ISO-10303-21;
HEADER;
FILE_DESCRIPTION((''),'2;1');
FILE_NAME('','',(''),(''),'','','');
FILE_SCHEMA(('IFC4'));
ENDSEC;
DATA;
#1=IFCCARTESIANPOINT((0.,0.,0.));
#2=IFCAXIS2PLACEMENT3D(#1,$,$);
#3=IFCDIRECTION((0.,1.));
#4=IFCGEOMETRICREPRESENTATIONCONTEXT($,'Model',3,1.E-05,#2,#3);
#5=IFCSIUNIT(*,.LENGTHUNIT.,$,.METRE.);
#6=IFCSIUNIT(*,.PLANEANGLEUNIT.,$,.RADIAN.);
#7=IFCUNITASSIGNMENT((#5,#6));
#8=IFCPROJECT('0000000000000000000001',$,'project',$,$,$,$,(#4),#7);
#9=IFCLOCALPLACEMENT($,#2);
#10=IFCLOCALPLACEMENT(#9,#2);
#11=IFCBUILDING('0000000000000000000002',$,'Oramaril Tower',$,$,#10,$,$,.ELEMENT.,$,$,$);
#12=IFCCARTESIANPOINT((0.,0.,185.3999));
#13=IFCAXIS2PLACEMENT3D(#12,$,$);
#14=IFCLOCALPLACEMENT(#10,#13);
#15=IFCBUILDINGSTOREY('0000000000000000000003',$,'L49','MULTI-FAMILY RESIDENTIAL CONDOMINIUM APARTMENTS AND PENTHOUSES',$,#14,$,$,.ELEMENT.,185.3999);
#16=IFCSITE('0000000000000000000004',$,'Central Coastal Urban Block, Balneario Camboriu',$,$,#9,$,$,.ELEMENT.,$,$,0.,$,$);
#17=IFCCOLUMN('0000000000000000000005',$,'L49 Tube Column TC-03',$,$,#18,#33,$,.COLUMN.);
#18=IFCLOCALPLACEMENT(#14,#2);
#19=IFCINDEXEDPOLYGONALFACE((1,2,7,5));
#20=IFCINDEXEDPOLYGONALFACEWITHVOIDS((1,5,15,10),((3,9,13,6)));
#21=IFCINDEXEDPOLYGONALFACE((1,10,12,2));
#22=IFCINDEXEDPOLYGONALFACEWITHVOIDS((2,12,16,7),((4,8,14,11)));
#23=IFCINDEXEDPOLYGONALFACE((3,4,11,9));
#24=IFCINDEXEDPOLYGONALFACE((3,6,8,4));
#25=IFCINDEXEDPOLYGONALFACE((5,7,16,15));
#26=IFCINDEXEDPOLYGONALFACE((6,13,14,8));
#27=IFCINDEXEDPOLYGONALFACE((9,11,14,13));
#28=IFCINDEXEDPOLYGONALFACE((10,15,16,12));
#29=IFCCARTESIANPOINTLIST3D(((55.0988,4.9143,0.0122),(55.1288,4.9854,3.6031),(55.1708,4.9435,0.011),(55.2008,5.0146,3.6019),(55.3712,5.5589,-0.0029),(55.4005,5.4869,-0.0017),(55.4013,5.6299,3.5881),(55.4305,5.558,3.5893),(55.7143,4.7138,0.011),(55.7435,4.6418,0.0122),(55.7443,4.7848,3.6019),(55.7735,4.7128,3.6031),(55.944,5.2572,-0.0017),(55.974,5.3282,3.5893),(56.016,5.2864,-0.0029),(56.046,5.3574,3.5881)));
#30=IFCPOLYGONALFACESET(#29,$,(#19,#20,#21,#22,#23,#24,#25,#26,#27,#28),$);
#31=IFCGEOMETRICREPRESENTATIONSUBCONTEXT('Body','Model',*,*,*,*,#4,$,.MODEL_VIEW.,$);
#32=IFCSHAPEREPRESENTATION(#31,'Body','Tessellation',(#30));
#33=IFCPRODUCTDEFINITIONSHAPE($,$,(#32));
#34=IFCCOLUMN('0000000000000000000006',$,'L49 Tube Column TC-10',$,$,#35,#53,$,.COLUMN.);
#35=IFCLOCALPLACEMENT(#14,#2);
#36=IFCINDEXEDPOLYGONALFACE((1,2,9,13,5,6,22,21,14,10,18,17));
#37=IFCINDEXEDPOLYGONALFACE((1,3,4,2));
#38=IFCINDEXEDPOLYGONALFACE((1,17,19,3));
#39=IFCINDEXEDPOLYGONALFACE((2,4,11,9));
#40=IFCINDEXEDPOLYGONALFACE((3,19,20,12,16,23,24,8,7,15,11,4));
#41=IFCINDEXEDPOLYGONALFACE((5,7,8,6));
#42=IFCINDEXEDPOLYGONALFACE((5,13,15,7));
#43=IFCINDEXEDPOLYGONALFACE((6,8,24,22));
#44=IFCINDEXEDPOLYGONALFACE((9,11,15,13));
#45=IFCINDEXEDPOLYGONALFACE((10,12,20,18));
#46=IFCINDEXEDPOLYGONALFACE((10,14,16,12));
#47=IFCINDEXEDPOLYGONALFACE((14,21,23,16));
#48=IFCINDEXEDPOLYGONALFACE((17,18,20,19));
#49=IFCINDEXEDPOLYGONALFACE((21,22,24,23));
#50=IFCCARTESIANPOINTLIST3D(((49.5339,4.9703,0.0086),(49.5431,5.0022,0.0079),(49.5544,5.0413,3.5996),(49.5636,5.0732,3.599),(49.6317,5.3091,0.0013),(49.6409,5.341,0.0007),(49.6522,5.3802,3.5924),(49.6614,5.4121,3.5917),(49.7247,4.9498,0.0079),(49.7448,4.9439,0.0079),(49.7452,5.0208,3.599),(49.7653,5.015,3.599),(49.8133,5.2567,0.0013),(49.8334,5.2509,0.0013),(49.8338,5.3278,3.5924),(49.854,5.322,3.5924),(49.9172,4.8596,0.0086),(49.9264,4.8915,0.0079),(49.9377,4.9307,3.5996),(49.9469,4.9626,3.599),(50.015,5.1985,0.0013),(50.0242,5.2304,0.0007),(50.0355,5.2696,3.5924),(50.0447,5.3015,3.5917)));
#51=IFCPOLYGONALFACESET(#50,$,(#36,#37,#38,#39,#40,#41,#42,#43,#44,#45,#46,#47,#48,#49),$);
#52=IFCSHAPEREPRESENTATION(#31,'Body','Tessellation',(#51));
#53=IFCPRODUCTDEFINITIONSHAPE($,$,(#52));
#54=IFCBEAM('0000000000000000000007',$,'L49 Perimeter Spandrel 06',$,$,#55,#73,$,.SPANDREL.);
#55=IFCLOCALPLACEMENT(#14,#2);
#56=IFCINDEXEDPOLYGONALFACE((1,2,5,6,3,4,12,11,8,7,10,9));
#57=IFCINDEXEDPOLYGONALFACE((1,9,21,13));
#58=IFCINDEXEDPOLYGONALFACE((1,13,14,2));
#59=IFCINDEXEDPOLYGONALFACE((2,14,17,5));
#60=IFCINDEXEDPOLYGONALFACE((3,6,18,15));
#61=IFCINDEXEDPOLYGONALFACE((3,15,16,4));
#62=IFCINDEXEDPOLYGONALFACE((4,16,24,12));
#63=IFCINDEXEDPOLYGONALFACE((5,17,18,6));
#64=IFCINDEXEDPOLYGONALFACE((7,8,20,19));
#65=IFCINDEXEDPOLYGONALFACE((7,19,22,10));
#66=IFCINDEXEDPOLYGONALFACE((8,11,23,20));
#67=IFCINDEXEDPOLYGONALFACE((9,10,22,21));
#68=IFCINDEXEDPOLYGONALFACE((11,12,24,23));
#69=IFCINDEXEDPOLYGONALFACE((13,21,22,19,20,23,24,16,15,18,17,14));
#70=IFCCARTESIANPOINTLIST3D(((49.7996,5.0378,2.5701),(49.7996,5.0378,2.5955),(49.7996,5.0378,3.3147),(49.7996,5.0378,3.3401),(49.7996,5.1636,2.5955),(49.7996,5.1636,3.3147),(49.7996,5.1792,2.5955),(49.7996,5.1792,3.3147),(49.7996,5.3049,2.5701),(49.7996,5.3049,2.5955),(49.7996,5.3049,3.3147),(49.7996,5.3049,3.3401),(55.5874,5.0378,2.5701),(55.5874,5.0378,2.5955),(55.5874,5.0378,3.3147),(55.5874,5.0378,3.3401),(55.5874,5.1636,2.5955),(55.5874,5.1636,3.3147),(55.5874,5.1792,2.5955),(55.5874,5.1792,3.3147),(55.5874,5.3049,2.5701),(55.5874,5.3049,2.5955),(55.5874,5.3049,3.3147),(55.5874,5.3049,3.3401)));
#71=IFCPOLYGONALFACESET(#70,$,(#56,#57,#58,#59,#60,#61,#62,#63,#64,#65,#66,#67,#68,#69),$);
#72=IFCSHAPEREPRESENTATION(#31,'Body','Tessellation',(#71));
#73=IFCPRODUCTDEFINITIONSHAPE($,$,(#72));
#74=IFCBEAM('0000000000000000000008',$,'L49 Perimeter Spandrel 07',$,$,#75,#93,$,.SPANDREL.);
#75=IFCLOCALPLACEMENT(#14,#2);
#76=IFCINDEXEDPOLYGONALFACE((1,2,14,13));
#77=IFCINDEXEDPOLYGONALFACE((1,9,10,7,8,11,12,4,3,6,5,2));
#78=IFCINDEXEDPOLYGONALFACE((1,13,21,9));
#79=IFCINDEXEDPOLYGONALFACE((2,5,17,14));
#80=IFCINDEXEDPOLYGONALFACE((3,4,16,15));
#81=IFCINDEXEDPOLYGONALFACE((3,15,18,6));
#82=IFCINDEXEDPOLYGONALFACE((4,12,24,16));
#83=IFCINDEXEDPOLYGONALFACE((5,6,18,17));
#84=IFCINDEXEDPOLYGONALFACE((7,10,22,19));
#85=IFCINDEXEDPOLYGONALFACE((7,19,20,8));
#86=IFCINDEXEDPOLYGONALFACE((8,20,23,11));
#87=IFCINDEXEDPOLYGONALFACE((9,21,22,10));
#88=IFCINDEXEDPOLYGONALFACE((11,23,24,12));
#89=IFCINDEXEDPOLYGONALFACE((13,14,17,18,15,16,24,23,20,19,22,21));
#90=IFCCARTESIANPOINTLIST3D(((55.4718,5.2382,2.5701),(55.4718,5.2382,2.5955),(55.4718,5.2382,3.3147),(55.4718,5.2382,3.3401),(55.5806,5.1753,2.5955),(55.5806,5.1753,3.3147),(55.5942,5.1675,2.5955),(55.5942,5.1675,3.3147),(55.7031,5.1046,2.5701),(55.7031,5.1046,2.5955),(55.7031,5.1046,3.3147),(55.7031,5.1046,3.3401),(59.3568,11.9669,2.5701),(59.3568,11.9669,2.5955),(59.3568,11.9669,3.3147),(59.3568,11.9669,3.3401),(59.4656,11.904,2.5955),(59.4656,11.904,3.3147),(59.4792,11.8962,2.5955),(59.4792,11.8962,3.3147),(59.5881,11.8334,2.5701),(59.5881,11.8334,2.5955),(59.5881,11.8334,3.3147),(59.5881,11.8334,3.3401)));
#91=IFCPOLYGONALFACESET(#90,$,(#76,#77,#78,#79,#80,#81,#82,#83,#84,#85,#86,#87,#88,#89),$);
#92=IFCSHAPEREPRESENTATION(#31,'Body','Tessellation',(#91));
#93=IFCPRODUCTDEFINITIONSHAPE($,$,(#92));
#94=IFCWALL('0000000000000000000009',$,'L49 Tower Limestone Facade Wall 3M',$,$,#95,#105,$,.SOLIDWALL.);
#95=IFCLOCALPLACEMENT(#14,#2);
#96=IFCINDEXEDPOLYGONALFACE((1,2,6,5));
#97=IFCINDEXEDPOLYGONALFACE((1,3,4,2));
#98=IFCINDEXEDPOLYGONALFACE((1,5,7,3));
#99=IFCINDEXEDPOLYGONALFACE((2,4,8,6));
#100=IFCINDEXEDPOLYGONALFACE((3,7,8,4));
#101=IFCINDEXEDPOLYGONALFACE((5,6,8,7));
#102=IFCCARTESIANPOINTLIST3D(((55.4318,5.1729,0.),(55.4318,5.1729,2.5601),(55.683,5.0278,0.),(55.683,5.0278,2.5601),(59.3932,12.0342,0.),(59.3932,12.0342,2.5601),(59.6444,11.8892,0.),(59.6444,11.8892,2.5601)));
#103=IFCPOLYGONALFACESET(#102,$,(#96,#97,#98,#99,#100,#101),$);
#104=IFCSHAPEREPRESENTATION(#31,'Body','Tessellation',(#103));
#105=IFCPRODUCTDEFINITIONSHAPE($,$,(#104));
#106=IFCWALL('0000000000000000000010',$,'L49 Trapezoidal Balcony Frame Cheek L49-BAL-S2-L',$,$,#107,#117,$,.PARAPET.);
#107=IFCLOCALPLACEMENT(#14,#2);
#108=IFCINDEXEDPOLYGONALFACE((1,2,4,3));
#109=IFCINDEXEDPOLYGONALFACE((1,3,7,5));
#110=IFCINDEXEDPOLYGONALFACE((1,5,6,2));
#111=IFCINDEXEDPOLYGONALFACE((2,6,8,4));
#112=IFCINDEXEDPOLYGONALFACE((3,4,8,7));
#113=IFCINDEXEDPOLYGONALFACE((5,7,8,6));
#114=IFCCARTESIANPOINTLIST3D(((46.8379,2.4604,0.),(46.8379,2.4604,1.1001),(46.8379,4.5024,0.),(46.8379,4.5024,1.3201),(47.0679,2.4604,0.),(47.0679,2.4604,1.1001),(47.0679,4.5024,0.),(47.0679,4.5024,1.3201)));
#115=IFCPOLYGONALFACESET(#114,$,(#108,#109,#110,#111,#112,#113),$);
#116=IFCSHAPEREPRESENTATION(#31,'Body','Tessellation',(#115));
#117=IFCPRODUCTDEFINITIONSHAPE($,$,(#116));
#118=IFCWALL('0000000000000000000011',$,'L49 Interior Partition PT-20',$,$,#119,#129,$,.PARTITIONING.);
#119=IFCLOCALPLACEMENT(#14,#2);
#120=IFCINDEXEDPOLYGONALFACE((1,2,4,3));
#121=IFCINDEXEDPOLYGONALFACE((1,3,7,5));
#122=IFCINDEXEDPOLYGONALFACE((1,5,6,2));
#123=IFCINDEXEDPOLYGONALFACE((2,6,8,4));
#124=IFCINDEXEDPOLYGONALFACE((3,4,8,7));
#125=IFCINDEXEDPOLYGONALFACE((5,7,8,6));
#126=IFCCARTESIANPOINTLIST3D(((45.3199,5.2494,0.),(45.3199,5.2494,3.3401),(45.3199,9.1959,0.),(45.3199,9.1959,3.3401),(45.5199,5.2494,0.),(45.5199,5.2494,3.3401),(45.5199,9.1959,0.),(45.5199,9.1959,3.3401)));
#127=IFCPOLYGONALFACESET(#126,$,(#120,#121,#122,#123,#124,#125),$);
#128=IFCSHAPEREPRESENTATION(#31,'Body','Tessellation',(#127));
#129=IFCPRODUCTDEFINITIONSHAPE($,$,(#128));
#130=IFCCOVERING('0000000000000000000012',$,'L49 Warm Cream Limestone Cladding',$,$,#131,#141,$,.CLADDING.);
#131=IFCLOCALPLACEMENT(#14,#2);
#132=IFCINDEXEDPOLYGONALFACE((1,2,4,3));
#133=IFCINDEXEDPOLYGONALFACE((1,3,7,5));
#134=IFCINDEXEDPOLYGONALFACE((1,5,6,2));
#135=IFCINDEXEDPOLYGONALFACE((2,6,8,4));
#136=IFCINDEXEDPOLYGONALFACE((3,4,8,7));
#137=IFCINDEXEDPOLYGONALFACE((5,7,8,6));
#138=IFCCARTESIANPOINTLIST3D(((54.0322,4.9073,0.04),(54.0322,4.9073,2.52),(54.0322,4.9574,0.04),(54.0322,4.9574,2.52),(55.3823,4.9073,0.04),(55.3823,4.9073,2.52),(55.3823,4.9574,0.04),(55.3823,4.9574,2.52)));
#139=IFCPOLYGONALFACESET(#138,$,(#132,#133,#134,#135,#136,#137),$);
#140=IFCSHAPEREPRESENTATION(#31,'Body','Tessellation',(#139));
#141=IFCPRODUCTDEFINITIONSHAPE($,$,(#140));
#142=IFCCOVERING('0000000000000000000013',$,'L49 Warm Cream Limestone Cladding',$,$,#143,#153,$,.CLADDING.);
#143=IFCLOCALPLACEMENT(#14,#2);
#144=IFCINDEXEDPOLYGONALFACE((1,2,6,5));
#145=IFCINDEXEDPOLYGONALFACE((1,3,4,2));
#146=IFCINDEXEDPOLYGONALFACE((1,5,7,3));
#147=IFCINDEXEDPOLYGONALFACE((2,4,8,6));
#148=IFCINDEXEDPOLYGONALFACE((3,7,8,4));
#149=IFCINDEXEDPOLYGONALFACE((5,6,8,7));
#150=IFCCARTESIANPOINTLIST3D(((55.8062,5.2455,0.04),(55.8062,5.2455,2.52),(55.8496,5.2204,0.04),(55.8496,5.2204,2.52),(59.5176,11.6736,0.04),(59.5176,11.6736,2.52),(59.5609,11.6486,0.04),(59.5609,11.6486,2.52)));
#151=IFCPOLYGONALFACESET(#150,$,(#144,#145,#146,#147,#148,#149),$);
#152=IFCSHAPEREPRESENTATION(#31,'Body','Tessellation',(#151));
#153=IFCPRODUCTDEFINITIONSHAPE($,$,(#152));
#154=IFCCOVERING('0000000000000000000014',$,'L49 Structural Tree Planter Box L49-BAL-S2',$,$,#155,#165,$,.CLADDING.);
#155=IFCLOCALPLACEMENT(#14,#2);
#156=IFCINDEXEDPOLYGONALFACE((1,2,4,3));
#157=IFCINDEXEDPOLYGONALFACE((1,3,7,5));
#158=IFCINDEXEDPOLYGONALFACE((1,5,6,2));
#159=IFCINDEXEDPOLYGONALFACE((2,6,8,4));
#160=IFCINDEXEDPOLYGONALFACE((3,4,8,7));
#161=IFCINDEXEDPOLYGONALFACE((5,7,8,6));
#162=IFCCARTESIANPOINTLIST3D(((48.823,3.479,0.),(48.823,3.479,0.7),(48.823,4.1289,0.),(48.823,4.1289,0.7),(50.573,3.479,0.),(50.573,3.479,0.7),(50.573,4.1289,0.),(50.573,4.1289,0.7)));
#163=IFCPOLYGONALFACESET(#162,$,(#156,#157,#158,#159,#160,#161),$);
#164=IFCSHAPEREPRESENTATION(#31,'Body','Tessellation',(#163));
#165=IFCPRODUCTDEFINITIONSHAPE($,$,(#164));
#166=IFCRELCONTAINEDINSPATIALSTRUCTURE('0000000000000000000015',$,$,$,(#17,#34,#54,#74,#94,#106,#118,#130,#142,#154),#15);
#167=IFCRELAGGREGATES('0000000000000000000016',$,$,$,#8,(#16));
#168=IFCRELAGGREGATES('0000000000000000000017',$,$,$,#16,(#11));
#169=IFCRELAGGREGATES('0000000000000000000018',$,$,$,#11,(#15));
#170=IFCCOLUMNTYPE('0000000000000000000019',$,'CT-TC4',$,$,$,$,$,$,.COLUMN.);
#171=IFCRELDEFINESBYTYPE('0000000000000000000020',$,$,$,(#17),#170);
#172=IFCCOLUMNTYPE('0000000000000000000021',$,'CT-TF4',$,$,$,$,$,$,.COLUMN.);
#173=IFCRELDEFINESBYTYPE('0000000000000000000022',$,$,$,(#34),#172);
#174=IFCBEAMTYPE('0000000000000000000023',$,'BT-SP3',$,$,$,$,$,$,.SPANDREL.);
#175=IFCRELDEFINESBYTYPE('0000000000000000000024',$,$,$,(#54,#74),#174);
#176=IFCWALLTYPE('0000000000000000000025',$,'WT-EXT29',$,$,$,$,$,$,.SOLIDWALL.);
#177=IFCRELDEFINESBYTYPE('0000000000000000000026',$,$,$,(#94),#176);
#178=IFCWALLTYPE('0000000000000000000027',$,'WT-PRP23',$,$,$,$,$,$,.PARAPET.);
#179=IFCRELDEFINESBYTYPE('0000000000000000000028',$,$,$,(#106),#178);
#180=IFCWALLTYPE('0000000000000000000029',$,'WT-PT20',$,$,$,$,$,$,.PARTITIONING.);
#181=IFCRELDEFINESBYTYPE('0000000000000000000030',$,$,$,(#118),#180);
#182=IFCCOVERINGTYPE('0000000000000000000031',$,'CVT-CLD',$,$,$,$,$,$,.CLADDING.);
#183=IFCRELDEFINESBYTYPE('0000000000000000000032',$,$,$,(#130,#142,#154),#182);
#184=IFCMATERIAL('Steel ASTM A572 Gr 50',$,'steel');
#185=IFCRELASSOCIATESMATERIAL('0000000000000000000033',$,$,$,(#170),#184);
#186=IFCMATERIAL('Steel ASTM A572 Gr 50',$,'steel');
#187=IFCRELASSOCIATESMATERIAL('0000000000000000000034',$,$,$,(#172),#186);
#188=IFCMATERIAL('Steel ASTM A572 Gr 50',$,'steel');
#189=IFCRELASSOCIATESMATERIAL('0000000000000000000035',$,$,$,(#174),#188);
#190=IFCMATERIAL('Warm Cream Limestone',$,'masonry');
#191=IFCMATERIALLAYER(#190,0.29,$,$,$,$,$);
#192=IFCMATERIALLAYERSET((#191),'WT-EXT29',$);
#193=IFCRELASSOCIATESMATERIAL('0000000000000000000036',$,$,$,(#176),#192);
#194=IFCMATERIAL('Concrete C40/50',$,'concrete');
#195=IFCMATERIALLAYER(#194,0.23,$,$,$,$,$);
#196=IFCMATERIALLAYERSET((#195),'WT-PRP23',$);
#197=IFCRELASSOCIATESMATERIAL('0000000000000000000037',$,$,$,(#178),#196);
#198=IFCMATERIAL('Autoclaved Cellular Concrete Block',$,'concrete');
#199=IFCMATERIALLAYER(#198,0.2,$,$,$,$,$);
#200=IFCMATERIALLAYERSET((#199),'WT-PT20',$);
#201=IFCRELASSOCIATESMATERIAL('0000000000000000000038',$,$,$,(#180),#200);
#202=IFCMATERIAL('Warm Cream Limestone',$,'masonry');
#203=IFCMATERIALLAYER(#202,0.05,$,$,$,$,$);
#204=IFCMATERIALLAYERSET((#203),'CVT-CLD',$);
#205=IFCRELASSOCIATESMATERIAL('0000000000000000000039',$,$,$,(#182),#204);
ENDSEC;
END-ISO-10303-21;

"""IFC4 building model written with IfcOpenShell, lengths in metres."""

from ifc_helpers import new_model, si_unit, direction, frame, frame_2d, origin, origin_2d, place, context, subcontext, project, spatial, polyline, rectangle, hollow_rectangle, i_section, outline, extrude, material, layer, layer_set, material_profile, profile_set, type_object, element, save


model = new_model("IFC4")

# Units and contexts
model_context = context("Model", 3, precision=1e-05, world=origin(), true_north=direction((0.0, 1.0)))
body_context = subcontext(model_context, "Body", "Model", "MODEL_VIEW")
ifc_project = project(units=[si_unit("LENGTHUNIT", "METRE"), si_unit("PLANEANGLEUNIT", "RADIAN")], contexts=[model_context])

# Site, building, storey
site_placement = place(None, origin())
site = spatial("IfcSite", under=ifc_project, at=site_placement, Name="Central Coastal Urban Block, Balneario Camboriu", CompositionType="ELEMENT", RefElevation=0.0)
building_placement = place(site_placement, origin())
building = spatial("IfcBuilding", under=site, at=building_placement, Name="Oramaril Tower", CompositionType="ELEMENT")
storey_placement = place(building_placement, frame((0.0, 0.0, 185.3999)))
storey = spatial("IfcBuildingStorey", under=building, at=storey_placement, Name="L49", Description="MULTI-FAMILY RESIDENTIAL CONDOMINIUM APARTMENTS AND PENTHOUSES", CompositionType="ELEMENT", Elevation=185.3999)

# Columns
ifc_material_1 = material(Name="Steel ASTM A572 Gr 50", Category="steel")
ifc_material_profile_1 = material_profile(ifc_material_1, hollow_rectangle(XDim=0.7, YDim=0.7, WallThickness=0.0549, at=origin_2d()), Name="BOX700X700X55")
ifc_profile_set_1 = profile_set([ifc_material_profile_1], Name="Steel ASTM A572 Gr 50")
column_type_1 = type_object("IfcColumnType", Name="CT-TC4", PredefinedType="COLUMN", material=ifc_profile_set_1)
column_1_placement = place(storey_placement, frame((55.5574, 5.1003, 0.0046), z_axis=(0.00836, 0.019779, 0.999769), x_axis=(-0.921098, 0.38933, 0.0)))
element("IfcColumn", 1, at=column_1_placement, inside=storey, type_object=column_type_1, Name="L49 Tube Column TC-03", PredefinedType="COLUMN", context=body_context, shape_type="SweptSolid", body=[
    extrude(hollow_rectangle(XDim=0.7, YDim=0.7, WallThickness=0.0549, at=origin_2d()), origin(), (0.0, 0.0, 1.0), 3.5918),
])
ifc_material_2 = material(Name="Steel ASTM A572 Gr 50", Category="steel")
ifc_material_profile_2 = material_profile(ifc_material_2, i_section(OverallWidth=0.3989, OverallDepth=0.386, WebThickness=0.021, FlangeThickness=0.0332, at=origin_2d()), Name="W14X176")
ifc_profile_set_2 = profile_set([ifc_material_profile_2], Name="Steel ASTM A572 Gr 50")
column_type_2 = type_object("IfcColumnType", Name="CT-TF4", PredefinedType="COLUMN", material=ifc_profile_set_2)
column_2_placement = place(storey_placement, frame((49.7791, 5.1003, 0.0046), z_axis=(0.00571, 0.01978, 0.999788), x_axis=(-0.960773, 0.277336, 0.0)))
element("IfcColumn", 2, at=column_2_placement, inside=storey, type_object=column_type_2, Name="L49 Tube Column TC-10", PredefinedType="COLUMN", context=body_context, shape_type="SweptSolid", body=[
    extrude(i_section(OverallWidth=0.3989, OverallDepth=0.386, WebThickness=0.021, FlangeThickness=0.0332, at=origin_2d()), origin(), (0.0, 0.0, 1.0), 3.5918),
])

# Beams
ifc_material_3 = material(Name="Steel ASTM A572 Gr 50", Category="steel")
ifc_material_profile_3 = material_profile(ifc_material_3, i_section(OverallWidth=0.2671, OverallDepth=0.77, WebThickness=0.0156, FlangeThickness=0.0254, at=origin_2d()), Name="W30X132")
ifc_profile_set_3 = profile_set([ifc_material_profile_3], Name="Steel ASTM A572 Gr 50")
beam_type = type_object("IfcBeamType", Name="BT-SP3", PredefinedType="SPANDREL", material=ifc_profile_set_3)
beam_1_placement = place(storey_placement, frame((49.7996, 5.1714, 2.9551), z_axis=(1.0, 0.0, 0.0), x_axis=(0.0, 1.0, 0.0)))
element("IfcBeam", 3, at=beam_1_placement, inside=storey, type_object=beam_type, Name="L49 Perimeter Spandrel 06", PredefinedType="SPANDREL", context=body_context, shape_type="SweptSolid", body=[
    extrude(i_section(OverallWidth=0.2671, OverallDepth=0.77, WebThickness=0.0156, FlangeThickness=0.0254, at=origin_2d()), origin(), (0.0, 0.0, 1.0), 5.7878),
])
beam_2_placement = place(storey_placement, frame((55.5874, 5.1714, 2.9551), z_axis=(0.500015, 0.866017, 0.0), x_axis=(-0.866017, 0.500015, 0.0)))
element("IfcBeam", 4, at=beam_2_placement, inside=storey, type_object=beam_type, Name="L49 Perimeter Spandrel 07", PredefinedType="SPANDREL", context=body_context, shape_type="SweptSolid", body=[
    extrude(i_section(OverallWidth=0.2671, OverallDepth=0.77, WebThickness=0.0156, FlangeThickness=0.0254, at=origin_2d()), origin(), (0.0, 0.0, 1.0), 7.7698),
])

# Walls
ifc_material_4 = material(Name="Warm Cream Limestone", Category="masonry")
ifc_layer_1 = layer(ifc_material_4, 0.29)
ifc_layer_set_1 = layer_set([ifc_layer_1], Name="WT-EXT29")
wall_type_1 = type_object("IfcWallType", Name="WT-EXT29", PredefinedType="SOLIDWALL", material=ifc_layer_set_1)
wall_1_placement = place(storey_placement, frame((55.5574, 5.1003, 0.0), z_axis=(0.0, 0.0, 1.0), x_axis=(0.500003, 0.866023, 0.0)))
element("IfcWall", 5, at=wall_1_placement, inside=storey, type_object=wall_type_1, Name="L49 Tower Limestone Facade Wall 3M", PredefinedType="SOLIDWALL", context=body_context, shape_type="SweptSolid", body=[
    extrude(rectangle(XDim=7.9229, YDim=0.29, at=frame_2d((3.9614, 0.0))), origin(), (0.0, 0.0, 1.0), 2.5601),
])
ifc_material_5 = material(Name="Concrete C40/50", Category="concrete")
ifc_layer_2 = layer(ifc_material_5, 0.23)
ifc_layer_set_2 = layer_set([ifc_layer_2], Name="WT-PRP23")
wall_type_2 = type_object("IfcWallType", Name="WT-PRP23", PredefinedType="PARAPET", material=ifc_layer_set_2)
wall_2_placement = place(storey_placement, frame((46.9529, 4.5024, 0.0), z_axis=(0.0, 0.0, 1.0), x_axis=(0.0, -1.0, 0.0)))
element("IfcWall", 6, at=wall_2_placement, inside=storey, type_object=wall_type_2, Name="L49 Trapezoidal Balcony Frame Cheek L49-BAL-S2-L", PredefinedType="PARAPET", context=body_context, shape_type="SweptSolid", body=[
    extrude(outline(polyline([(0.0, 0.0), (2.042, 0.0), (2.042, 1.1001), (0.0, 1.3201), (0.0, 0.0)])), frame((0.0, 0.115, 0.0), z_axis=(0.0, -1.0, 0.0), x_axis=(1.0, 0.0, 0.0)), (0.0, 0.0, 1.0), 0.23),
])
ifc_material_6 = material(Name="Autoclaved Cellular Concrete Block", Category="concrete")
ifc_layer_3 = layer(ifc_material_6, 0.2)
ifc_layer_set_3 = layer_set([ifc_layer_3], Name="WT-PT20")
wall_type_3 = type_object("IfcWallType", Name="WT-PT20", PredefinedType="PARTITIONING", material=ifc_layer_set_3)
wall_3_placement = place(storey_placement, frame((45.4199, 5.2495, 0.0), z_axis=(0.0, 0.0, 1.0), x_axis=(0.0, 1.0, 0.0)))
element("IfcWall", 7, at=wall_3_placement, inside=storey, type_object=wall_type_3, Name="L49 Interior Partition PT-20", PredefinedType="PARTITIONING", context=body_context, shape_type="SweptSolid", body=[
    extrude(rectangle(XDim=3.9465, YDim=0.2, at=frame_2d((1.9731, 0.0))), origin(), (0.0, 0.0, 1.0), 3.3401),
])

# Coverings
ifc_material_7 = material(Name="Warm Cream Limestone", Category="masonry")
ifc_layer_4 = layer(ifc_material_7, 0.05)
ifc_layer_set_4 = layer_set([ifc_layer_4], Name="CVT-CLD")
covering_type = type_object("IfcCoveringType", Name="CVT-CLD", PredefinedType="CLADDING", material=ifc_layer_set_4)
covering_1_placement = place(storey_placement, frame((54.7073, 4.9324, 0.04), z_axis=(0.0, 0.0, 1.0), x_axis=(1.0, 0.0, 0.0)))
element("IfcCovering", 8, at=covering_1_placement, inside=storey, type_object=covering_type, Name="L49 Warm Cream Limestone Cladding", PredefinedType="CLADDING", context=body_context, shape_type="SweptSolid", body=[
    extrude(rectangle(XDim=1.3501, YDim=0.05, at=origin_2d()), origin(), (0.0, 0.0, 1.0), 2.48),
])
covering_2_placement = place(storey_placement, frame((57.6836, 8.447, 0.04), z_axis=(0.0, 0.0, 1.0), x_axis=(0.500008, 0.866021, 0.0)))
element("IfcCovering", 9, at=covering_2_placement, inside=storey, type_object=covering_type, Name="L49 Warm Cream Limestone Cladding", PredefinedType="CLADDING", context=body_context, shape_type="SweptSolid", body=[
    extrude(rectangle(XDim=7.4226, YDim=0.05, at=origin_2d()), origin(), (0.0, 0.0, 1.0), 2.48),
])
covering_3_placement = place(storey_placement, frame((49.698, 3.804, 0.0), z_axis=(0.0, 0.0, 1.0), x_axis=(1.0, 0.0, 0.0)))
element("IfcCovering", 10, at=covering_3_placement, inside=storey, type_object=covering_type, Name="L49 Structural Tree Planter Box L49-BAL-S2", PredefinedType="CLADDING", context=body_context, shape_type="SweptSolid", body=[
    extrude(rectangle(XDim=1.75, YDim=0.6499, at=origin_2d()), origin(), (0.0, 0.0, 1.0), 0.7),
])

save(model, "model.ifc")
